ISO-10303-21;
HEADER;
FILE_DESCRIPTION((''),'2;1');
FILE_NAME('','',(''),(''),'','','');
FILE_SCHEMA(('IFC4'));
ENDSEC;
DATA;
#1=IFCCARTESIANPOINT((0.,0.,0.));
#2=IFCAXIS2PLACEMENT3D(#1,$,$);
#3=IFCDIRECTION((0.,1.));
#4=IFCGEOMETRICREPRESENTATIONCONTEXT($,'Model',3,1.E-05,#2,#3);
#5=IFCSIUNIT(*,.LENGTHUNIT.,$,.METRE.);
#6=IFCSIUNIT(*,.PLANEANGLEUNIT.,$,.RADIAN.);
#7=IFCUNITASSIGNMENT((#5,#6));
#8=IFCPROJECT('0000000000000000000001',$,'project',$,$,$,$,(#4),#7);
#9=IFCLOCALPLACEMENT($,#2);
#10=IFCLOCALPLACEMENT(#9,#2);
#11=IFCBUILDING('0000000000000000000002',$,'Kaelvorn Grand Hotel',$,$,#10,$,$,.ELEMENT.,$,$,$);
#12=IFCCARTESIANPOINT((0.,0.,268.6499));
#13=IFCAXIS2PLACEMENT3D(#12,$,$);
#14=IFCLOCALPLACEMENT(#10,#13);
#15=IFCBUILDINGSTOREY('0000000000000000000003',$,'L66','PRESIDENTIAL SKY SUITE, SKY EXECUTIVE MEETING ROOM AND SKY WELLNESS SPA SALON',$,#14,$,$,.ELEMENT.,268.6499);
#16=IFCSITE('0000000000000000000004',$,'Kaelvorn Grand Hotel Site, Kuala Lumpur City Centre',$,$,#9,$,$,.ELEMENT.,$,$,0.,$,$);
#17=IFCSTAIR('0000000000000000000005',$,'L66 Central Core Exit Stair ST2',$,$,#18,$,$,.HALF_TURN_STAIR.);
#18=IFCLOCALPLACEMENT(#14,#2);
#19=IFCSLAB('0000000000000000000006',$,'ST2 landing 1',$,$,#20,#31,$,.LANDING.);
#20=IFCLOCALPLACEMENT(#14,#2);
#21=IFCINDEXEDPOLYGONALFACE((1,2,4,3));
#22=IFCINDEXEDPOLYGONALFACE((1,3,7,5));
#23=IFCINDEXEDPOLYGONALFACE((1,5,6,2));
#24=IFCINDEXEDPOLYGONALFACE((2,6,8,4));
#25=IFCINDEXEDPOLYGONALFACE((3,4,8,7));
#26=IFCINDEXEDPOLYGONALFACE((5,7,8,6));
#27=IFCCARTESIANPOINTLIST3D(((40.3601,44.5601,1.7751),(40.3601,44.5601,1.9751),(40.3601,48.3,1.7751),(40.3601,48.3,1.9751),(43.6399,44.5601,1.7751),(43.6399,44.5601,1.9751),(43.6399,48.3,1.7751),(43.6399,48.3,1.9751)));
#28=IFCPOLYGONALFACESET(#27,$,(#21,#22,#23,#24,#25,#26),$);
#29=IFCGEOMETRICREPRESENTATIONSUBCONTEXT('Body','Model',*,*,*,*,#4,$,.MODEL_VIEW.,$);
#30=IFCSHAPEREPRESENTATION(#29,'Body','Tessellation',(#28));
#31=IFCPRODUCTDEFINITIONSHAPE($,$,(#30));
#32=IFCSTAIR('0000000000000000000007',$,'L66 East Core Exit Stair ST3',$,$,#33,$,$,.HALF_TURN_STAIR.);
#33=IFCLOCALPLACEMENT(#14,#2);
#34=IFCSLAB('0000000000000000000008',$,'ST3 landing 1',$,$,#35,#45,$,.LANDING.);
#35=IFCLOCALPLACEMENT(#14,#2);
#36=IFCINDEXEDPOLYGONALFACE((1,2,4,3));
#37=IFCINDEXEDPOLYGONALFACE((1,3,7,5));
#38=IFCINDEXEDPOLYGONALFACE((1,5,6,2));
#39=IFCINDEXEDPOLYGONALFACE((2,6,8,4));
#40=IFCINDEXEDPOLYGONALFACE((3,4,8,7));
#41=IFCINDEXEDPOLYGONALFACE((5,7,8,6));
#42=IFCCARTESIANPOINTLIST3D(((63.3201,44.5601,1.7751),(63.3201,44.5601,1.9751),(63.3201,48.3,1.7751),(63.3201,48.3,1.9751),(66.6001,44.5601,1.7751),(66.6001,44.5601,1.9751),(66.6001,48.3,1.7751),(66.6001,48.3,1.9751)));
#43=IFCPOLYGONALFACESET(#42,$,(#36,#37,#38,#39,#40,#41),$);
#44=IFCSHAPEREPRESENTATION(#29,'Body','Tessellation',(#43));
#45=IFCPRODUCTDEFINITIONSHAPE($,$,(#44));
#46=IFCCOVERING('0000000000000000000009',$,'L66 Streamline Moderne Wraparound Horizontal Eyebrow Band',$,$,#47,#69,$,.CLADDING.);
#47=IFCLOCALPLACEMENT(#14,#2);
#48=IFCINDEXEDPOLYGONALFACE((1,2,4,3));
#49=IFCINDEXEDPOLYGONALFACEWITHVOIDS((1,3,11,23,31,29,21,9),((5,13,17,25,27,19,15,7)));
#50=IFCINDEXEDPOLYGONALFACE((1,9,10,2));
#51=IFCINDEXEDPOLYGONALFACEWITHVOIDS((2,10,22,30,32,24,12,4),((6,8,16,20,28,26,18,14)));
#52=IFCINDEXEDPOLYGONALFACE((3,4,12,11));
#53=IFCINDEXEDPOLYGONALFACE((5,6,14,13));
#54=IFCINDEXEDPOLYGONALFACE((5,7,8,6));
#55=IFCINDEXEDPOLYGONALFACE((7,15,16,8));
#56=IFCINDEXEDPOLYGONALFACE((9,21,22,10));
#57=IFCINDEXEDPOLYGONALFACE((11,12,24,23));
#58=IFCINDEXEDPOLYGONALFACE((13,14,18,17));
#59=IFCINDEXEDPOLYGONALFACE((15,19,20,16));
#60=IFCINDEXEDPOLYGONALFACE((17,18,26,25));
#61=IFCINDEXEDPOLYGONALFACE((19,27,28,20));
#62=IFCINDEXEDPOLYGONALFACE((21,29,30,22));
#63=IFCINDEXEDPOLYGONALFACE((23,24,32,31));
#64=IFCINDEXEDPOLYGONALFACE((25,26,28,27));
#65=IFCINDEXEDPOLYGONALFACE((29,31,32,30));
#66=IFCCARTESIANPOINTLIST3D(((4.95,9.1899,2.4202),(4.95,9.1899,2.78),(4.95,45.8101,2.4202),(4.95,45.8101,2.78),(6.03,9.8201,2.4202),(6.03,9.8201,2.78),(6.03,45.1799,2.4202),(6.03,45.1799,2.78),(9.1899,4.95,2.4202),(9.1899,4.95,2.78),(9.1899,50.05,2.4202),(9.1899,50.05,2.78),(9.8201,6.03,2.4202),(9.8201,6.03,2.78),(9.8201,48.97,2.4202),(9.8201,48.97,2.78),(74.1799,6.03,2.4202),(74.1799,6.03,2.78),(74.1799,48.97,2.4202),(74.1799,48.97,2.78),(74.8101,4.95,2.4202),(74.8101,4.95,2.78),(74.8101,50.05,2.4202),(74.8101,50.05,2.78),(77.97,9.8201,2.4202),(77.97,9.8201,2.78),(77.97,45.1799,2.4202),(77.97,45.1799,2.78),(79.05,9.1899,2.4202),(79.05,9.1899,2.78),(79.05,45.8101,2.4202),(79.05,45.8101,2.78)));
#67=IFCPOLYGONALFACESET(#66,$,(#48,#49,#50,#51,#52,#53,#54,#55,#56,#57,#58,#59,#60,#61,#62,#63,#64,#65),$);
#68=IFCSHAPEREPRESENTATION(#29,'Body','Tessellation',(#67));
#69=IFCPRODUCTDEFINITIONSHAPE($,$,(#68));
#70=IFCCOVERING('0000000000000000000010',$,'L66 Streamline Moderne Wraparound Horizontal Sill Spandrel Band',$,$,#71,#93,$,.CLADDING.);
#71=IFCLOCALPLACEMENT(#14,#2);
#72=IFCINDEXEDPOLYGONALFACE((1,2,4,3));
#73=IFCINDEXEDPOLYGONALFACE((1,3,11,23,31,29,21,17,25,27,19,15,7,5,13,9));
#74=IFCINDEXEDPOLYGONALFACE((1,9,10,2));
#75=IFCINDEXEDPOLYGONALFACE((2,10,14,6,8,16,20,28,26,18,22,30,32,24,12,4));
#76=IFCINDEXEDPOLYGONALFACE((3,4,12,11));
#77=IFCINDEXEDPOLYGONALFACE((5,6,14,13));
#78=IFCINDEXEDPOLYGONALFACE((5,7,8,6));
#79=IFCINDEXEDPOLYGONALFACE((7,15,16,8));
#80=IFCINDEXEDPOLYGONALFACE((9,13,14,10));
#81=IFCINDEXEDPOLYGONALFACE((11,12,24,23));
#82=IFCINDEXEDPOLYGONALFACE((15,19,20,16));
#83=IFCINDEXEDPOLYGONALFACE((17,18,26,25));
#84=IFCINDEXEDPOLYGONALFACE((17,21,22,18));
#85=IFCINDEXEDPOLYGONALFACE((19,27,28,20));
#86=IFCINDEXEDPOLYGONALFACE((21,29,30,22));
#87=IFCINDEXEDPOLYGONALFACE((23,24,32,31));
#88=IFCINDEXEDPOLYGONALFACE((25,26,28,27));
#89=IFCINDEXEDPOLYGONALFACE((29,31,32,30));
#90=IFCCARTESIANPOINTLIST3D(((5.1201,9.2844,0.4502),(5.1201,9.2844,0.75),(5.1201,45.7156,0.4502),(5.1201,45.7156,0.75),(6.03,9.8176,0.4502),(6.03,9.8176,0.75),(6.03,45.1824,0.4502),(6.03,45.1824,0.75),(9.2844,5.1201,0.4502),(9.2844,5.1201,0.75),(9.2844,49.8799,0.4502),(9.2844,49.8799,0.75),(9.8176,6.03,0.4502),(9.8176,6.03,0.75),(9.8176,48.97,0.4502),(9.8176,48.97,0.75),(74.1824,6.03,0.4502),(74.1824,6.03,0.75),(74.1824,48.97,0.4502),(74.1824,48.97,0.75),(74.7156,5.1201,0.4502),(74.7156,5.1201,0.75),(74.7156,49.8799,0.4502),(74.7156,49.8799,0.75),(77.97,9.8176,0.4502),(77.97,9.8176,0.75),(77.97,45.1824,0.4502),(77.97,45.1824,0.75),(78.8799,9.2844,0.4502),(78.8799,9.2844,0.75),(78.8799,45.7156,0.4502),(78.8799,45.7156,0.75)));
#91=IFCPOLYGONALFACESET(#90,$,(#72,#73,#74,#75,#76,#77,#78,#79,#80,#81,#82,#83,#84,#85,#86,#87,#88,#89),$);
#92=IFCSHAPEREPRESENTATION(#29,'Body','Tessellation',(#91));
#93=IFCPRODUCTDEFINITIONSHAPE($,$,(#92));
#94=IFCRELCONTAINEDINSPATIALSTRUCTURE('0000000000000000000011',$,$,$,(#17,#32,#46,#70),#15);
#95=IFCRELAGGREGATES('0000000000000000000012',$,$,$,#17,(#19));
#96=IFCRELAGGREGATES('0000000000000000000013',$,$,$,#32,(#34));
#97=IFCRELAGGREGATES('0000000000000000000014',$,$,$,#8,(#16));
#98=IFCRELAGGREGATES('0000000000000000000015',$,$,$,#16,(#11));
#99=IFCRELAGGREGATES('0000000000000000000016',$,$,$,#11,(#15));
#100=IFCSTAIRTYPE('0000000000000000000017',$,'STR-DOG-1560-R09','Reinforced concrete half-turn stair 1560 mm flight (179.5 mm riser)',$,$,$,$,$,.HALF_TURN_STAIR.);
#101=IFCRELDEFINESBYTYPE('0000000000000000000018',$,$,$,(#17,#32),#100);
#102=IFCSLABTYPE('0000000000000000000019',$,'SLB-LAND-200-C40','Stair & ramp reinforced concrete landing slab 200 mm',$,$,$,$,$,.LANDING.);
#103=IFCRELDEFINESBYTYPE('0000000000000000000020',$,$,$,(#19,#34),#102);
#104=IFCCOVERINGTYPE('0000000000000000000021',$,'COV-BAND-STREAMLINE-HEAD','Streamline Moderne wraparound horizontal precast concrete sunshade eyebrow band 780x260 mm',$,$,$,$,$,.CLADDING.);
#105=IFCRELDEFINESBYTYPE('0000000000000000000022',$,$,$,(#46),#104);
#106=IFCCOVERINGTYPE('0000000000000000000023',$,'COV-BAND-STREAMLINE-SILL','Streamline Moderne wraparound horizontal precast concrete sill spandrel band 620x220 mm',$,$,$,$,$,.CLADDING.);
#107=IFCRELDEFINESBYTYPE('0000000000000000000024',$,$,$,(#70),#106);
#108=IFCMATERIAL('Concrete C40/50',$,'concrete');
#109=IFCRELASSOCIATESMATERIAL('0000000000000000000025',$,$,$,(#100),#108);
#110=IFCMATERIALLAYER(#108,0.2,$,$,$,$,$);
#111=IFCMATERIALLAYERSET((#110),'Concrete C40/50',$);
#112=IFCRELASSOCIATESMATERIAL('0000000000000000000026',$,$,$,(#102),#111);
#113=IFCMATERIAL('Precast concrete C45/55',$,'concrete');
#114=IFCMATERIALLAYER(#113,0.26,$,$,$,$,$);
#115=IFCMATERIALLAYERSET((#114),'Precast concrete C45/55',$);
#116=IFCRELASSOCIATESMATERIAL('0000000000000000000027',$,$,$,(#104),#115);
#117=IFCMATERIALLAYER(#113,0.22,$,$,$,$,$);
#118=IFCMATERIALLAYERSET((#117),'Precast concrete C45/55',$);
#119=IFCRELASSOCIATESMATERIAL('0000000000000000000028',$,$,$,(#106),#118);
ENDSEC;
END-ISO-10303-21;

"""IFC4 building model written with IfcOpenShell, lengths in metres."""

from ifc_helpers import new_model, si_unit, direction, frame, origin, place, context, subcontext, project, spatial, polyline, outline, extrude, material, layer, layer_set, type_object, element, aggregate, save


model = new_model("IFC4")

# Units and contexts
model_context = context("Model", 3, precision=1e-05, world=origin(), true_north=direction((0.0, 1.0)))
body_context = subcontext(model_context, "Body", "Model", "MODEL_VIEW")
ifc_project = project(units=[si_unit("LENGTHUNIT", "METRE"), si_unit("PLANEANGLEUNIT", "RADIAN")], contexts=[model_context])

# Site, building, storey
site_placement = place(None, origin())
site = spatial("IfcSite", under=ifc_project, at=site_placement, Name="Kaelvorn Grand Hotel Site, Kuala Lumpur City Centre", CompositionType="ELEMENT", RefElevation=0.0)
building_placement = place(site_placement, origin())
building = spatial("IfcBuilding", under=site, at=building_placement, Name="Kaelvorn Grand Hotel", CompositionType="ELEMENT")
storey_placement = place(building_placement, frame((0.0, 0.0, 268.6499)))
storey = spatial("IfcBuildingStorey", under=building, at=storey_placement, Name="L66", Description="PRESIDENTIAL SKY SUITE, SKY EXECUTIVE MEETING ROOM AND SKY WELLNESS SPA SALON", CompositionType="ELEMENT", Elevation=268.6499)

# Shared definitions
ifc_material_1 = material(Name="Concrete C40/50", Category="concrete")

# Stairs, slabs
stair_type = type_object("IfcStairType", Name="STR-DOG-1560-R09", Description="Reinforced concrete half-turn stair 1560 mm flight (179.5 mm riser)", PredefinedType="HALF_TURN_STAIR", material=ifc_material_1)
ifc_layer_1 = layer(ifc_material_1, 0.2)
ifc_layer_set_1 = layer_set([ifc_layer_1], Name="Concrete C40/50")
slab_type_1 = type_object("IfcSlabType", Name="SLB-LAND-200-C40", Description="Stair & ramp reinforced concrete landing slab 200 mm", PredefinedType="LANDING", material=ifc_layer_set_1)
stair_1_placement = place(storey_placement, origin())
stair_1 = element("IfcStair", 1, at=stair_1_placement, inside=storey, type_object=stair_type, Name="L66 Central Core Exit Stair ST2", PredefinedType="HALF_TURN_STAIR")
slab_1_placement = place(storey_placement, frame((0.0, 0.0, 1.7751)))
slab_1 = element("IfcSlab", 2, at=slab_1_placement, type_object=slab_type_1, Name="ST2 landing 1", PredefinedType="LANDING", context=body_context, shape_type="SweptSolid", body=[
    extrude(outline(polyline([(43.6399, 44.5601), (43.6399, 48.3), (40.3601, 48.3), (40.3601, 44.5601), (43.6399, 44.5601)])), origin(), (0.0, 0.0, 1.0), 0.2),
])
aggregate(stair_1, [slab_1])
stair_2_placement = place(storey_placement, origin())
stair_2 = element("IfcStair", 3, at=stair_2_placement, inside=storey, type_object=stair_type, Name="L66 East Core Exit Stair ST3", PredefinedType="HALF_TURN_STAIR")
slab_2_placement = place(storey_placement, frame((0.0, 0.0, 1.7751)))
slab_2 = element("IfcSlab", 4, at=slab_2_placement, type_object=slab_type_1, Name="ST3 landing 1", PredefinedType="LANDING", context=body_context, shape_type="SweptSolid", body=[
    extrude(outline(polyline([(66.6001, 44.5601), (66.6001, 48.3), (63.3201, 48.3), (63.3201, 44.5601), (66.6001, 44.5601)])), origin(), (0.0, 0.0, 1.0), 0.2),
])
aggregate(stair_2, [slab_2])

# Coverings
ifc_material_2 = material(Name="Precast concrete C45/55", Category="concrete")
ifc_layer_2 = layer(ifc_material_2, 0.26)
ifc_layer_set_2 = layer_set([ifc_layer_2], Name="Precast concrete C45/55")
covering_type_1 = type_object("IfcCoveringType", Name="COV-BAND-STREAMLINE-HEAD", Description="Streamline Moderne wraparound horizontal precast concrete sunshade eyebrow band 780x260 mm", PredefinedType="CLADDING", material=ifc_layer_set_2)
covering_1_placement = place(storey_placement, frame((0.0, 0.0, 2.4202)))
element("IfcCovering", 5, at=covering_1_placement, inside=storey, type_object=covering_type_1, Name="L66 Streamline Moderne Wraparound Horizontal Eyebrow Band", PredefinedType="CLADDING", context=body_context, shape_type="SweptSolid", body=[
    extrude(outline(polyline([(9.1899, 4.95), (74.8101, 4.95), (79.05, 9.1899), (79.05, 45.8101), (74.8101, 50.05), (9.1899, 50.05), (4.95, 45.8101), (4.95, 9.1899), (9.1899, 4.95)]), holes=[polyline([(9.8201, 6.03), (74.1799, 6.03), (77.97, 9.8201), (77.97, 45.1799), (74.1799, 48.97), (9.8201, 48.97), (6.03, 45.1799), (6.03, 9.8201), (9.8201, 6.03)])]), origin(), (0.0, 0.0, 1.0), 0.3599),
])
ifc_layer_3 = layer(ifc_material_2, 0.22)
ifc_layer_set_3 = layer_set([ifc_layer_3], Name="Precast concrete C45/55")
covering_type_2 = type_object("IfcCoveringType", Name="COV-BAND-STREAMLINE-SILL", Description="Streamline Moderne wraparound horizontal precast concrete sill spandrel band 620x220 mm", PredefinedType="CLADDING", material=ifc_layer_set_3)
covering_2_placement = place(storey_placement, frame((0.0, 0.0, 0.4502)))
element("IfcCovering", 6, at=covering_2_placement, inside=storey, type_object=covering_type_2, Name="L66 Streamline Moderne Wraparound Horizontal Sill Spandrel Band", PredefinedType="CLADDING", context=body_context, shape_type="SweptSolid", body=[
    extrude(outline(polyline([(74.7156, 5.1201), (78.8799, 9.2844), (78.8799, 45.7156), (74.7156, 49.8799), (9.2844, 49.8799), (5.1201, 45.7156), (5.1201, 9.2844), (9.2844, 5.1201), (9.8176, 6.03), (6.03, 9.8176), (6.03, 45.1824), (9.8176, 48.97), (74.1824, 48.97), (77.97, 45.1824), (77.97, 9.8176), (74.1824, 6.03), (74.7156, 5.1201)])), origin(), (0.0, 0.0, 1.0), 0.2998),
])

save(model, "model.ifc")
